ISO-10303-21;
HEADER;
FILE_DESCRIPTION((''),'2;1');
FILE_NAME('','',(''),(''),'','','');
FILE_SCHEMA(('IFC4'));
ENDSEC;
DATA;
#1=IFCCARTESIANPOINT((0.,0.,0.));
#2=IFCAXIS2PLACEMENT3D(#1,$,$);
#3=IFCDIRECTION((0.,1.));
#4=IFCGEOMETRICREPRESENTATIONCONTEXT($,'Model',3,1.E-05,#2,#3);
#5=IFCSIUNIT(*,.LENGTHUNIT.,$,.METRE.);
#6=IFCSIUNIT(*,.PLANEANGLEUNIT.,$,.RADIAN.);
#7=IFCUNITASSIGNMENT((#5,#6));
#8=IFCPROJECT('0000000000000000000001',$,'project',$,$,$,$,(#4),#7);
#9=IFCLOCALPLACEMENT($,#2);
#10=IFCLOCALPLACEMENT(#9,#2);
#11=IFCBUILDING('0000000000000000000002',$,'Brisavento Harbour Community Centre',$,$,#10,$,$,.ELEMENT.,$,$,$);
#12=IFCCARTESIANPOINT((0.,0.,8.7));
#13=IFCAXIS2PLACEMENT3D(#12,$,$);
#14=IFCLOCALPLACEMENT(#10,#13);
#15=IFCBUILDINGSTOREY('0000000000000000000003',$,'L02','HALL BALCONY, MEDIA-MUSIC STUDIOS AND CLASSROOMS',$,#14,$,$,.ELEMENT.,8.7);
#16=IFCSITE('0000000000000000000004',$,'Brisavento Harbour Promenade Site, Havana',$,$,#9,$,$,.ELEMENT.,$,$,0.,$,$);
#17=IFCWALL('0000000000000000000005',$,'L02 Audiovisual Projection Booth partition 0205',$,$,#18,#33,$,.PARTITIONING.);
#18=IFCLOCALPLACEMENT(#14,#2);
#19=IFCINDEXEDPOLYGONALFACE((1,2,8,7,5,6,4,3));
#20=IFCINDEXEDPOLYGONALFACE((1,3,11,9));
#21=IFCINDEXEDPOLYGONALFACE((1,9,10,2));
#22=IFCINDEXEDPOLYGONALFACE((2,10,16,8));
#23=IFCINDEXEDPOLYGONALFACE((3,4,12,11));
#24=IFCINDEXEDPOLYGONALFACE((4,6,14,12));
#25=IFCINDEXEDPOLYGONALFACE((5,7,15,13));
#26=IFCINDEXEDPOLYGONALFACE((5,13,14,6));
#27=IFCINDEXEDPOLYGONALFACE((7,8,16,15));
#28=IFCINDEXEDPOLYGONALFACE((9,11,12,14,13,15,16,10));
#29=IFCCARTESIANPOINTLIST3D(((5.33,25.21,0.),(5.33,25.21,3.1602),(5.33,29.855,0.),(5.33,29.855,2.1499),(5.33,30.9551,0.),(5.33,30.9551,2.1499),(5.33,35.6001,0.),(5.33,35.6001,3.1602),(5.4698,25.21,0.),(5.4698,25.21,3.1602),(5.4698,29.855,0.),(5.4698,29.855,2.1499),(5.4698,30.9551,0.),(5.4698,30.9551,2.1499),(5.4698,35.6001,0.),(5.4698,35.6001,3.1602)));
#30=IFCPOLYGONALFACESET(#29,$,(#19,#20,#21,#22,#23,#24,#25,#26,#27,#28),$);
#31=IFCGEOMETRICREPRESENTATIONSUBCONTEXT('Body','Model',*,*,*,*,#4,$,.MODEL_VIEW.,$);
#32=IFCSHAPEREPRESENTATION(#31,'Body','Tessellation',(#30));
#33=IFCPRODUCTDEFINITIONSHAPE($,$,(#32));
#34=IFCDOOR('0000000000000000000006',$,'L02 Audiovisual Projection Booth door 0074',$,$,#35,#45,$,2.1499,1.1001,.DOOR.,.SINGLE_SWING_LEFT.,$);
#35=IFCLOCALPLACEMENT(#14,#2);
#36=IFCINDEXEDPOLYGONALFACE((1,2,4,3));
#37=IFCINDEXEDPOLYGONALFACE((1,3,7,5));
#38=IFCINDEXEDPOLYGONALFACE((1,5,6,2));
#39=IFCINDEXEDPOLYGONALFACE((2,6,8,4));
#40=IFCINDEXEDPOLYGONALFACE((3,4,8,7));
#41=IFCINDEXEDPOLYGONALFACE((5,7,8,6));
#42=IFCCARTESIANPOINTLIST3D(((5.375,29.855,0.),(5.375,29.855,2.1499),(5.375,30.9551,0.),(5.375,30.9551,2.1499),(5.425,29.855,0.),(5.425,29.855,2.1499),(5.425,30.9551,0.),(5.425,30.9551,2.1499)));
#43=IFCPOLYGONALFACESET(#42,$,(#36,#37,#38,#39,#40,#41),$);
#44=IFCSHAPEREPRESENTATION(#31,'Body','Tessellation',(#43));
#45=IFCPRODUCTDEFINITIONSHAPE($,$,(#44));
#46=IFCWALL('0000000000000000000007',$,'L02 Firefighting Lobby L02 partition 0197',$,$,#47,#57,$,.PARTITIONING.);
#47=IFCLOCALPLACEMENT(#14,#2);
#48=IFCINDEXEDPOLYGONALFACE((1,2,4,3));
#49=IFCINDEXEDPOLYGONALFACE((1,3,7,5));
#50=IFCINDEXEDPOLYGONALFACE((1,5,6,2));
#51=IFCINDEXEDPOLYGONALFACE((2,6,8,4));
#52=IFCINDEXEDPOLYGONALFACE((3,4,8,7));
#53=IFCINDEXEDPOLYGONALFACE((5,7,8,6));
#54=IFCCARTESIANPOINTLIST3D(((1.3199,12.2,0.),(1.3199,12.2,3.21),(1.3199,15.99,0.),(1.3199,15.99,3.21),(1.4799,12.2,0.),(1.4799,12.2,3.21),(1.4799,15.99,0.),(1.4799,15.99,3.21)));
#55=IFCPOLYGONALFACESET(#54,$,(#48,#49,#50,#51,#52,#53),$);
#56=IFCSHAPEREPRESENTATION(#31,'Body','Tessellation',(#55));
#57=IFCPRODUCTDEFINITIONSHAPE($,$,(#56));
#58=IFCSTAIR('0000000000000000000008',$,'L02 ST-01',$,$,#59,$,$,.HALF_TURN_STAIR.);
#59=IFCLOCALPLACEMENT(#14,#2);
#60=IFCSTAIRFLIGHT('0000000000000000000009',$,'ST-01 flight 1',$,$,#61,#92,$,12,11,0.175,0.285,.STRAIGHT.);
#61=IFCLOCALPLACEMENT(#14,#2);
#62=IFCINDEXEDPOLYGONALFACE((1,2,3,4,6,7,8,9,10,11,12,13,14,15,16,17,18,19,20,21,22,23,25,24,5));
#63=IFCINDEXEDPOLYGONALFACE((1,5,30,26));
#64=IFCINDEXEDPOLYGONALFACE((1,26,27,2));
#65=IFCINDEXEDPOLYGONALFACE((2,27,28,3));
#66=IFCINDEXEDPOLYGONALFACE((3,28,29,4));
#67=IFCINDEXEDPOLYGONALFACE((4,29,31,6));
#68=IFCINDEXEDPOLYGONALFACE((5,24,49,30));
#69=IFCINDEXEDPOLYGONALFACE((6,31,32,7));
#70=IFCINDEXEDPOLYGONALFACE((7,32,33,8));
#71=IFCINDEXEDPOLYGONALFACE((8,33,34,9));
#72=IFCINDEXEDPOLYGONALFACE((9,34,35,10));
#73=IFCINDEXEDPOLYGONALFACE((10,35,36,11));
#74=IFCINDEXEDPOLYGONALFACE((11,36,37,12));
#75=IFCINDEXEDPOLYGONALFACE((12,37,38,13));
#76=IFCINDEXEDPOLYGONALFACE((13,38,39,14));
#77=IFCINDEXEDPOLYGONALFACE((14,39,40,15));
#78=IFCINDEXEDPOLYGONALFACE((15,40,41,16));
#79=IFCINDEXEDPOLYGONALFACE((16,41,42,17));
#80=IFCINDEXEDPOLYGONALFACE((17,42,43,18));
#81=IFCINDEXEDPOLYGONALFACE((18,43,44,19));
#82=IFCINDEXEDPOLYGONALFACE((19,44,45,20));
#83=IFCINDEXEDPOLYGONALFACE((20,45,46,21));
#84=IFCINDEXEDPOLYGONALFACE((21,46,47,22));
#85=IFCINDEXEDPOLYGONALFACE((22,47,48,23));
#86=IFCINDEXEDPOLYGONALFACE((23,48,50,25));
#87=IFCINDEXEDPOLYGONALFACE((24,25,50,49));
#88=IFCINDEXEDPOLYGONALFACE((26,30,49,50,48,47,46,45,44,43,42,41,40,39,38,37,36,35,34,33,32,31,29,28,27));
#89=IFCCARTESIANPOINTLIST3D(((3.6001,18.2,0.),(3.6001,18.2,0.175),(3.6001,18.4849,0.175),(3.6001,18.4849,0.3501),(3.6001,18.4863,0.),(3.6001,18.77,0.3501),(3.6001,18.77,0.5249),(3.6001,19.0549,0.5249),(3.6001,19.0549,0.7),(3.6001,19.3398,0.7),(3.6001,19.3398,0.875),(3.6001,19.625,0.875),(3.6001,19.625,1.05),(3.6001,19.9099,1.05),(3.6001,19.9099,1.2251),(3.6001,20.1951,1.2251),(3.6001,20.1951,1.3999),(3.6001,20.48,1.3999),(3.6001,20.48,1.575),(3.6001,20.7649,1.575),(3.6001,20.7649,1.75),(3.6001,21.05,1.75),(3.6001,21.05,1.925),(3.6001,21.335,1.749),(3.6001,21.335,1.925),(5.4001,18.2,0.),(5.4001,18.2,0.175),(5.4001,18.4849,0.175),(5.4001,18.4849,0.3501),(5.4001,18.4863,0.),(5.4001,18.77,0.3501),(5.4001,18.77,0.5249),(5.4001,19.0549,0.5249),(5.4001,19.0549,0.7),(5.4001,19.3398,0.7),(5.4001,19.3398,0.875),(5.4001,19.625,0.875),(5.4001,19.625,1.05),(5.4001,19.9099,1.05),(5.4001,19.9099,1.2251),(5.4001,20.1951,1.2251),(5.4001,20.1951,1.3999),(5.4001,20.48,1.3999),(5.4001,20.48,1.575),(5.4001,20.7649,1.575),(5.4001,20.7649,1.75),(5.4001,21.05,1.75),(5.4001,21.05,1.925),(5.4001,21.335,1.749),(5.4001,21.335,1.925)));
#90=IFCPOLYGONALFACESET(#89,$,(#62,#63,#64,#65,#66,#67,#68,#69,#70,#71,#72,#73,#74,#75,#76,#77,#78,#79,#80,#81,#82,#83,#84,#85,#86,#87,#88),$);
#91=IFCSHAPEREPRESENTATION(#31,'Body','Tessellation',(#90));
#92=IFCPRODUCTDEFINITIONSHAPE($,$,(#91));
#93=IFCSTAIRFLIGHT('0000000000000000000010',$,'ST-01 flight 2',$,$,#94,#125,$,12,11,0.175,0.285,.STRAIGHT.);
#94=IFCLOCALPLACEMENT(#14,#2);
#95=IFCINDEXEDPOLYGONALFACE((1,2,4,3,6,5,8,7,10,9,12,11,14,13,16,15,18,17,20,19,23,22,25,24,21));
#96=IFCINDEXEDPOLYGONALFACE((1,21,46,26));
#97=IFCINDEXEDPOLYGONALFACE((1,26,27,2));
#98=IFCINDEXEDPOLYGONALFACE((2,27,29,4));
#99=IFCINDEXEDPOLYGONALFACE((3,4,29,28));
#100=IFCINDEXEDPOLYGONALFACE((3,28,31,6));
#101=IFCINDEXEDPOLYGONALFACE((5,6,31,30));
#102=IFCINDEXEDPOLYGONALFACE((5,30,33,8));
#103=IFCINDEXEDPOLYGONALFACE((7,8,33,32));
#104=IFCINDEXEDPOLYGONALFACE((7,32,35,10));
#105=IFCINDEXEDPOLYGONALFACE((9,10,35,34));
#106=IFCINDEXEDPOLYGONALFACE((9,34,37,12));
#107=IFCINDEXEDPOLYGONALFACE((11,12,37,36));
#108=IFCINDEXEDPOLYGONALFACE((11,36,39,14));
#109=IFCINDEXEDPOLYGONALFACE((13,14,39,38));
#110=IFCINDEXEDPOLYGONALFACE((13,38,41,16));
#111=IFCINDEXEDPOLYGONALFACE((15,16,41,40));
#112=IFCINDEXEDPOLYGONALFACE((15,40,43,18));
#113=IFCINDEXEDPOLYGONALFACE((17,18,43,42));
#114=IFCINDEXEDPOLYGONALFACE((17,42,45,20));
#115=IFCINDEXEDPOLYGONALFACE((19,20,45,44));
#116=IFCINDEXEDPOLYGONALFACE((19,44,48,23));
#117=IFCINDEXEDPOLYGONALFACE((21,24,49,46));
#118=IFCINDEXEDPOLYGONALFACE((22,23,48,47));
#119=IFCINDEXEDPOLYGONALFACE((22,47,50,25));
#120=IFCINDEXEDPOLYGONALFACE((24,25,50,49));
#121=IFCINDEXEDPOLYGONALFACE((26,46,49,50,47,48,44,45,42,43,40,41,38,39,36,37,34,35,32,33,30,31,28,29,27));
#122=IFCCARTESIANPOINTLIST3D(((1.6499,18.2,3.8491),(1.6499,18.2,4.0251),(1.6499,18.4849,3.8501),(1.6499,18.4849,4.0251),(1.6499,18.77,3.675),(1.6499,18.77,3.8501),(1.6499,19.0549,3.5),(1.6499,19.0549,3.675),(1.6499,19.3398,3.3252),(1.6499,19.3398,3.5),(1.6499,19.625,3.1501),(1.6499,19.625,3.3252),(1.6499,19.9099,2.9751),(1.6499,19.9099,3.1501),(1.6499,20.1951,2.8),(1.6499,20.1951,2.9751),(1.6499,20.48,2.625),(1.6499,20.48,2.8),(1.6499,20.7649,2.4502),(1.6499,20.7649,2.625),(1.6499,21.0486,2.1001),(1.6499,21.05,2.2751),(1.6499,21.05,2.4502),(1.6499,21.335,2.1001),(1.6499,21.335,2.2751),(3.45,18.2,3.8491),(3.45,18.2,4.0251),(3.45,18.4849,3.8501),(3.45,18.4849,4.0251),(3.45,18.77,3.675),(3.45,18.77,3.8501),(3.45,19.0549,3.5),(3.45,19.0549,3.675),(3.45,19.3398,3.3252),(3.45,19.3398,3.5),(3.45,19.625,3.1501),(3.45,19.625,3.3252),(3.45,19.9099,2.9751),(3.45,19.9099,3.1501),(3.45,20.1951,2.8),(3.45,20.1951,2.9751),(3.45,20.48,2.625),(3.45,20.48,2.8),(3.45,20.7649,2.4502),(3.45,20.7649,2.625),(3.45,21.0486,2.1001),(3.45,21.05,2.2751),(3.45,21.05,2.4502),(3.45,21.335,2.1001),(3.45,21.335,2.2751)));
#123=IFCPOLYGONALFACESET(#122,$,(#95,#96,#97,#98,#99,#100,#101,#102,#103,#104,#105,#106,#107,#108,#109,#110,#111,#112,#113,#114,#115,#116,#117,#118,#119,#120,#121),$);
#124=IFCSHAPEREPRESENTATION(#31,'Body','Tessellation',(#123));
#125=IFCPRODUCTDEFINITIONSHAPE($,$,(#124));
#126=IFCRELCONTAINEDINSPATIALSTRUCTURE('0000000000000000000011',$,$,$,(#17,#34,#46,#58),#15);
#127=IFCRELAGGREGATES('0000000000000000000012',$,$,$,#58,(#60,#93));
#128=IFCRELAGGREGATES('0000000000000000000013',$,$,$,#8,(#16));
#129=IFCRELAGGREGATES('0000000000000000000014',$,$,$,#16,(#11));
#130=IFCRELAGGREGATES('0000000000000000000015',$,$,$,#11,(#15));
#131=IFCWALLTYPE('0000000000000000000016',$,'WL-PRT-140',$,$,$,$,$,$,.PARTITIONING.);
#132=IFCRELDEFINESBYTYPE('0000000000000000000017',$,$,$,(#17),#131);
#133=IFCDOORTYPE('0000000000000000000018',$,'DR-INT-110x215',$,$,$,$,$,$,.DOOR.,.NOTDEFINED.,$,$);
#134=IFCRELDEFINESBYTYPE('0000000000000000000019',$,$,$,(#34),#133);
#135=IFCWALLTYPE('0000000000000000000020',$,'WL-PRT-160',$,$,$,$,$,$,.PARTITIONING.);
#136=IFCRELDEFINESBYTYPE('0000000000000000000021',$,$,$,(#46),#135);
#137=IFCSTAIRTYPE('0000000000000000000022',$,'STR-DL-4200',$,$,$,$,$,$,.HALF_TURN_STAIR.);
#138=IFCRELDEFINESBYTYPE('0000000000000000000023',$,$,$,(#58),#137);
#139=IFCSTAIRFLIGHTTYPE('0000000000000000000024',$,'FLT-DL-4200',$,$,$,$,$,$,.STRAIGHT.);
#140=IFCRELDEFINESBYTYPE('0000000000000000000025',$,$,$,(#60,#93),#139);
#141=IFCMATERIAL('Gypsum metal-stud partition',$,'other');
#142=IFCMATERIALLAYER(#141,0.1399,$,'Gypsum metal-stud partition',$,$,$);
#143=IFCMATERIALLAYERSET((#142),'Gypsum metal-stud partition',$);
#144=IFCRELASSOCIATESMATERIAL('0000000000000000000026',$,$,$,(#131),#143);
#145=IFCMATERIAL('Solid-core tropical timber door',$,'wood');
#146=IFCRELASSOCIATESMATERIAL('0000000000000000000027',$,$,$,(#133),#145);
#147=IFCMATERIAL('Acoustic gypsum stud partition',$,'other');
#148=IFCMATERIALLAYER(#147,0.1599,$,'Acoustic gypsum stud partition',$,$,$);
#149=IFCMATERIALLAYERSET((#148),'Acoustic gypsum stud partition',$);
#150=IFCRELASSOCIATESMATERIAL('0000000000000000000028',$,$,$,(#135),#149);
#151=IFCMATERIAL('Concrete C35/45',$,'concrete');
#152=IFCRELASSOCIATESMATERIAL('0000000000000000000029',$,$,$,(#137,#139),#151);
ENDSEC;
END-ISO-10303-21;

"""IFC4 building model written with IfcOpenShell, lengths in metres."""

from ifc_helpers import new_model, si_unit, direction, frame, frame_2d, origin, place, context, subcontext, project, spatial, polyline, rectangle, outline, extrude, material, layer, layer_set, type_object, element, fill, aggregate, save


model = new_model("IFC4")

# Units and contexts
model_context = context("Model", 3, precision=1e-05, world=origin(), true_north=direction((0.0, 1.0)))
body_context = subcontext(model_context, "Body", "Model", "MODEL_VIEW")
ifc_project = project(units=[si_unit("LENGTHUNIT", "METRE"), si_unit("PLANEANGLEUNIT", "RADIAN")], contexts=[model_context])

# Site, building, storey
site_placement = place(None, origin())
site = spatial("IfcSite", under=ifc_project, at=site_placement, Name="Brisavento Harbour Promenade Site, Havana", CompositionType="ELEMENT", RefElevation=0.0)
building_placement = place(site_placement, origin())
building = spatial("IfcBuilding", under=site, at=building_placement, Name="Brisavento Harbour Community Centre", CompositionType="ELEMENT")
storey_placement = place(building_placement, frame((0.0, 0.0, 8.7)))
storey = spatial("IfcBuildingStorey", under=building, at=storey_placement, Name="L02", Description="HALL BALCONY, MEDIA-MUSIC STUDIOS AND CLASSROOMS", CompositionType="ELEMENT", Elevation=8.7)

# Shared definitions
ifc_material_1 = material(Name="Concrete C35/45", Category="concrete")

# Wall, opening, door
ifc_material_2 = material(Name="Gypsum metal-stud partition", Category="other")
ifc_layer_1 = layer(ifc_material_2, 0.1399, Name="Gypsum metal-stud partition")
ifc_layer_set_1 = layer_set([ifc_layer_1], Name="Gypsum metal-stud partition")
wall_type_1 = type_object("IfcWallType", Name="WL-PRT-140", PredefinedType="PARTITIONING", material=ifc_layer_set_1)
wall_1_placement = place(storey_placement, frame((5.3999, 25.21, 0.0), z_axis=(0.0, 0.0, 1.0), x_axis=(0.0, 1.0, 0.0)))
wall_1 = element("IfcWall", 1, at=wall_1_placement, inside=storey, type_object=wall_type_1, Name="L02 Audiovisual Projection Booth partition 0205", PredefinedType="PARTITIONING", context=body_context, shape_type="SweptSolid", body=[
    extrude(rectangle(XDim=10.3901, YDim=0.1399, at=frame_2d((5.1951, 0.0))), origin(), (0.0, 0.0, 1.0), 3.1602),
])
opening_1_placement = place(wall_1_placement, frame((4.645, 0.0, 0.0)))
opening_1 = element("IfcOpeningElement", 2, at=opening_1_placement, cuts=wall_1, PredefinedType="OPENING", context=body_context, shape_type="SweptSolid", body=[
    extrude(rectangle(XDim=1.1001, YDim=2.1499, at=frame_2d((0.55, 1.075))), frame((0.0, 0.0801, 0.0), z_axis=(0.0, -1.0, 0.0), x_axis=(1.0, 0.0, 0.0)), (0.0, 0.0, 1.0), 0.1599),
])
ifc_material_3 = material(Name="Solid-core tropical timber door", Category="wood")
door_type_1 = type_object("IfcDoorType", Name="DR-INT-110x215", OperationType="NOTDEFINED", PredefinedType="DOOR", material=ifc_material_3)
door_1_placement = place(opening_1_placement, origin())
door_1 = element("IfcDoor", 3, at=door_1_placement, inside=storey, type_object=door_type_1, Name="L02 Audiovisual Projection Booth door 0074", OperationType="SINGLE_SWING_LEFT", OverallHeight=2.1499, OverallWidth=1.1001, PredefinedType="DOOR", context=body_context, shape_type="SweptSolid", body=[
    extrude(rectangle(XDim=1.1001, YDim=2.1499, at=frame_2d((0.55, 1.075))), frame((0.0, 0.0249, 0.0), z_axis=(0.0, -1.0, 0.0), x_axis=(1.0, 0.0, 0.0)), (0.0, 0.0, 1.0), 0.05),
])
fill(opening_1, door_1)

# Wall
ifc_material_4 = material(Name="Acoustic gypsum stud partition", Category="other")
ifc_layer_2 = layer(ifc_material_4, 0.1599, Name="Acoustic gypsum stud partition")
ifc_layer_set_2 = layer_set([ifc_layer_2], Name="Acoustic gypsum stud partition")
wall_type_2 = type_object("IfcWallType", Name="WL-PRT-160", PredefinedType="PARTITIONING", material=ifc_layer_set_2)
wall_2_placement = place(storey_placement, frame((1.3999, 15.99, 0.0), z_axis=(0.0, 0.0, 1.0), x_axis=(0.0, -1.0, 0.0)))
element("IfcWall", 4, at=wall_2_placement, inside=storey, type_object=wall_type_2, Name="L02 Firefighting Lobby L02 partition 0197", PredefinedType="PARTITIONING", context=body_context, shape_type="SweptSolid", body=[
    extrude(rectangle(XDim=3.79, YDim=0.1599, at=frame_2d((1.895, 0.0))), origin(), (0.0, 0.0, 1.0), 3.21),
])

# Stair, stair flights
stair_type = type_object("IfcStairType", Name="STR-DL-4200", PredefinedType="HALF_TURN_STAIR", material=ifc_material_1)
stair_placement = place(storey_placement, origin())
stair = element("IfcStair", 5, at=stair_placement, inside=storey, type_object=stair_type, Name="L02 ST-01", PredefinedType="HALF_TURN_STAIR")
stair_flight_type = type_object("IfcStairFlightType", Name="FLT-DL-4200", PredefinedType="STRAIGHT", material=ifc_material_1)
stair_flight_1_placement = place(storey_placement, frame((4.5, 18.2, 0.0), z_axis=(0.0, 0.0, 1.0), x_axis=(0.0, 1.0, 0.0)))
stair_flight_1 = element("IfcStairFlight", 6, at=stair_flight_1_placement, type_object=stair_flight_type, Name="ST-01 flight 1", NumberOfRisers=12, NumberOfTreads=11, PredefinedType="STRAIGHT", RiserHeight=0.175, TreadLength=0.285, context=body_context, shape_type="SweptSolid", body=[
    extrude(outline(polyline([(0.0, 0.0), (0.0, 0.175), (0.2849, 0.175), (0.2849, 0.3501), (0.5701, 0.3501), (0.5701, 0.5249), (0.855, 0.5249), (0.855, 0.7), (1.1399, 0.7), (1.1399, 0.875), (1.425, 0.875), (1.425, 1.05), (1.71, 1.05), (1.71, 1.2251), (1.9951, 1.2251), (1.9951, 1.3999), (2.28, 1.3999), (2.28, 1.575), (2.5649, 1.575), (2.5649, 1.75), (2.8501, 1.75), (2.8501, 1.925), (3.135, 1.925), (3.135, 2.1001), (3.135, 1.749), (0.2864, 0.0), (0.0, 0.0)])), frame((0.0, 0.8999, 0.0), z_axis=(0.0, -1.0, 0.0), x_axis=(1.0, 0.0, 0.0)), (0.0, 0.0, 1.0), 1.8),
])
stair_flight_2_placement = place(storey_placement, frame((2.55, 21.335, 2.1001), z_axis=(0.0, 0.0, 1.0), x_axis=(0.0, -1.0, 0.0)))
stair_flight_2 = element("IfcStairFlight", 7, at=stair_flight_2_placement, type_object=stair_flight_type, Name="ST-01 flight 2", NumberOfRisers=12, NumberOfTreads=11, PredefinedType="STRAIGHT", RiserHeight=0.175, TreadLength=0.285, context=body_context, shape_type="SweptSolid", body=[
    extrude(outline(polyline([(0.0, 0.0), (0.0, 0.175), (0.2849, 0.175), (0.2849, 0.3501), (0.5701, 0.3501), (0.5701, 0.5249), (0.855, 0.5249), (0.855, 0.7), (1.1399, 0.7), (1.1399, 0.875), (1.425, 0.875), (1.425, 1.05), (1.71, 1.05), (1.71, 1.2251), (1.9951, 1.2251), (1.9951, 1.3999), (2.28, 1.3999), (2.28, 1.575), (2.5649, 1.575), (2.5649, 1.75), (2.8501, 1.75), (2.8501, 1.925), (3.135, 1.925), (3.135, 2.1001), (3.135, 1.749), (0.2864, 0.0), (0.0, 0.0)])), frame((0.0, 0.8999, 0.0), z_axis=(0.0, -1.0, 0.0), x_axis=(1.0, 0.0, 0.0)), (0.0, 0.0, 1.0), 1.8),
])
aggregate(stair, [stair_flight_1, stair_flight_2])

save(model, "model.ifc")
